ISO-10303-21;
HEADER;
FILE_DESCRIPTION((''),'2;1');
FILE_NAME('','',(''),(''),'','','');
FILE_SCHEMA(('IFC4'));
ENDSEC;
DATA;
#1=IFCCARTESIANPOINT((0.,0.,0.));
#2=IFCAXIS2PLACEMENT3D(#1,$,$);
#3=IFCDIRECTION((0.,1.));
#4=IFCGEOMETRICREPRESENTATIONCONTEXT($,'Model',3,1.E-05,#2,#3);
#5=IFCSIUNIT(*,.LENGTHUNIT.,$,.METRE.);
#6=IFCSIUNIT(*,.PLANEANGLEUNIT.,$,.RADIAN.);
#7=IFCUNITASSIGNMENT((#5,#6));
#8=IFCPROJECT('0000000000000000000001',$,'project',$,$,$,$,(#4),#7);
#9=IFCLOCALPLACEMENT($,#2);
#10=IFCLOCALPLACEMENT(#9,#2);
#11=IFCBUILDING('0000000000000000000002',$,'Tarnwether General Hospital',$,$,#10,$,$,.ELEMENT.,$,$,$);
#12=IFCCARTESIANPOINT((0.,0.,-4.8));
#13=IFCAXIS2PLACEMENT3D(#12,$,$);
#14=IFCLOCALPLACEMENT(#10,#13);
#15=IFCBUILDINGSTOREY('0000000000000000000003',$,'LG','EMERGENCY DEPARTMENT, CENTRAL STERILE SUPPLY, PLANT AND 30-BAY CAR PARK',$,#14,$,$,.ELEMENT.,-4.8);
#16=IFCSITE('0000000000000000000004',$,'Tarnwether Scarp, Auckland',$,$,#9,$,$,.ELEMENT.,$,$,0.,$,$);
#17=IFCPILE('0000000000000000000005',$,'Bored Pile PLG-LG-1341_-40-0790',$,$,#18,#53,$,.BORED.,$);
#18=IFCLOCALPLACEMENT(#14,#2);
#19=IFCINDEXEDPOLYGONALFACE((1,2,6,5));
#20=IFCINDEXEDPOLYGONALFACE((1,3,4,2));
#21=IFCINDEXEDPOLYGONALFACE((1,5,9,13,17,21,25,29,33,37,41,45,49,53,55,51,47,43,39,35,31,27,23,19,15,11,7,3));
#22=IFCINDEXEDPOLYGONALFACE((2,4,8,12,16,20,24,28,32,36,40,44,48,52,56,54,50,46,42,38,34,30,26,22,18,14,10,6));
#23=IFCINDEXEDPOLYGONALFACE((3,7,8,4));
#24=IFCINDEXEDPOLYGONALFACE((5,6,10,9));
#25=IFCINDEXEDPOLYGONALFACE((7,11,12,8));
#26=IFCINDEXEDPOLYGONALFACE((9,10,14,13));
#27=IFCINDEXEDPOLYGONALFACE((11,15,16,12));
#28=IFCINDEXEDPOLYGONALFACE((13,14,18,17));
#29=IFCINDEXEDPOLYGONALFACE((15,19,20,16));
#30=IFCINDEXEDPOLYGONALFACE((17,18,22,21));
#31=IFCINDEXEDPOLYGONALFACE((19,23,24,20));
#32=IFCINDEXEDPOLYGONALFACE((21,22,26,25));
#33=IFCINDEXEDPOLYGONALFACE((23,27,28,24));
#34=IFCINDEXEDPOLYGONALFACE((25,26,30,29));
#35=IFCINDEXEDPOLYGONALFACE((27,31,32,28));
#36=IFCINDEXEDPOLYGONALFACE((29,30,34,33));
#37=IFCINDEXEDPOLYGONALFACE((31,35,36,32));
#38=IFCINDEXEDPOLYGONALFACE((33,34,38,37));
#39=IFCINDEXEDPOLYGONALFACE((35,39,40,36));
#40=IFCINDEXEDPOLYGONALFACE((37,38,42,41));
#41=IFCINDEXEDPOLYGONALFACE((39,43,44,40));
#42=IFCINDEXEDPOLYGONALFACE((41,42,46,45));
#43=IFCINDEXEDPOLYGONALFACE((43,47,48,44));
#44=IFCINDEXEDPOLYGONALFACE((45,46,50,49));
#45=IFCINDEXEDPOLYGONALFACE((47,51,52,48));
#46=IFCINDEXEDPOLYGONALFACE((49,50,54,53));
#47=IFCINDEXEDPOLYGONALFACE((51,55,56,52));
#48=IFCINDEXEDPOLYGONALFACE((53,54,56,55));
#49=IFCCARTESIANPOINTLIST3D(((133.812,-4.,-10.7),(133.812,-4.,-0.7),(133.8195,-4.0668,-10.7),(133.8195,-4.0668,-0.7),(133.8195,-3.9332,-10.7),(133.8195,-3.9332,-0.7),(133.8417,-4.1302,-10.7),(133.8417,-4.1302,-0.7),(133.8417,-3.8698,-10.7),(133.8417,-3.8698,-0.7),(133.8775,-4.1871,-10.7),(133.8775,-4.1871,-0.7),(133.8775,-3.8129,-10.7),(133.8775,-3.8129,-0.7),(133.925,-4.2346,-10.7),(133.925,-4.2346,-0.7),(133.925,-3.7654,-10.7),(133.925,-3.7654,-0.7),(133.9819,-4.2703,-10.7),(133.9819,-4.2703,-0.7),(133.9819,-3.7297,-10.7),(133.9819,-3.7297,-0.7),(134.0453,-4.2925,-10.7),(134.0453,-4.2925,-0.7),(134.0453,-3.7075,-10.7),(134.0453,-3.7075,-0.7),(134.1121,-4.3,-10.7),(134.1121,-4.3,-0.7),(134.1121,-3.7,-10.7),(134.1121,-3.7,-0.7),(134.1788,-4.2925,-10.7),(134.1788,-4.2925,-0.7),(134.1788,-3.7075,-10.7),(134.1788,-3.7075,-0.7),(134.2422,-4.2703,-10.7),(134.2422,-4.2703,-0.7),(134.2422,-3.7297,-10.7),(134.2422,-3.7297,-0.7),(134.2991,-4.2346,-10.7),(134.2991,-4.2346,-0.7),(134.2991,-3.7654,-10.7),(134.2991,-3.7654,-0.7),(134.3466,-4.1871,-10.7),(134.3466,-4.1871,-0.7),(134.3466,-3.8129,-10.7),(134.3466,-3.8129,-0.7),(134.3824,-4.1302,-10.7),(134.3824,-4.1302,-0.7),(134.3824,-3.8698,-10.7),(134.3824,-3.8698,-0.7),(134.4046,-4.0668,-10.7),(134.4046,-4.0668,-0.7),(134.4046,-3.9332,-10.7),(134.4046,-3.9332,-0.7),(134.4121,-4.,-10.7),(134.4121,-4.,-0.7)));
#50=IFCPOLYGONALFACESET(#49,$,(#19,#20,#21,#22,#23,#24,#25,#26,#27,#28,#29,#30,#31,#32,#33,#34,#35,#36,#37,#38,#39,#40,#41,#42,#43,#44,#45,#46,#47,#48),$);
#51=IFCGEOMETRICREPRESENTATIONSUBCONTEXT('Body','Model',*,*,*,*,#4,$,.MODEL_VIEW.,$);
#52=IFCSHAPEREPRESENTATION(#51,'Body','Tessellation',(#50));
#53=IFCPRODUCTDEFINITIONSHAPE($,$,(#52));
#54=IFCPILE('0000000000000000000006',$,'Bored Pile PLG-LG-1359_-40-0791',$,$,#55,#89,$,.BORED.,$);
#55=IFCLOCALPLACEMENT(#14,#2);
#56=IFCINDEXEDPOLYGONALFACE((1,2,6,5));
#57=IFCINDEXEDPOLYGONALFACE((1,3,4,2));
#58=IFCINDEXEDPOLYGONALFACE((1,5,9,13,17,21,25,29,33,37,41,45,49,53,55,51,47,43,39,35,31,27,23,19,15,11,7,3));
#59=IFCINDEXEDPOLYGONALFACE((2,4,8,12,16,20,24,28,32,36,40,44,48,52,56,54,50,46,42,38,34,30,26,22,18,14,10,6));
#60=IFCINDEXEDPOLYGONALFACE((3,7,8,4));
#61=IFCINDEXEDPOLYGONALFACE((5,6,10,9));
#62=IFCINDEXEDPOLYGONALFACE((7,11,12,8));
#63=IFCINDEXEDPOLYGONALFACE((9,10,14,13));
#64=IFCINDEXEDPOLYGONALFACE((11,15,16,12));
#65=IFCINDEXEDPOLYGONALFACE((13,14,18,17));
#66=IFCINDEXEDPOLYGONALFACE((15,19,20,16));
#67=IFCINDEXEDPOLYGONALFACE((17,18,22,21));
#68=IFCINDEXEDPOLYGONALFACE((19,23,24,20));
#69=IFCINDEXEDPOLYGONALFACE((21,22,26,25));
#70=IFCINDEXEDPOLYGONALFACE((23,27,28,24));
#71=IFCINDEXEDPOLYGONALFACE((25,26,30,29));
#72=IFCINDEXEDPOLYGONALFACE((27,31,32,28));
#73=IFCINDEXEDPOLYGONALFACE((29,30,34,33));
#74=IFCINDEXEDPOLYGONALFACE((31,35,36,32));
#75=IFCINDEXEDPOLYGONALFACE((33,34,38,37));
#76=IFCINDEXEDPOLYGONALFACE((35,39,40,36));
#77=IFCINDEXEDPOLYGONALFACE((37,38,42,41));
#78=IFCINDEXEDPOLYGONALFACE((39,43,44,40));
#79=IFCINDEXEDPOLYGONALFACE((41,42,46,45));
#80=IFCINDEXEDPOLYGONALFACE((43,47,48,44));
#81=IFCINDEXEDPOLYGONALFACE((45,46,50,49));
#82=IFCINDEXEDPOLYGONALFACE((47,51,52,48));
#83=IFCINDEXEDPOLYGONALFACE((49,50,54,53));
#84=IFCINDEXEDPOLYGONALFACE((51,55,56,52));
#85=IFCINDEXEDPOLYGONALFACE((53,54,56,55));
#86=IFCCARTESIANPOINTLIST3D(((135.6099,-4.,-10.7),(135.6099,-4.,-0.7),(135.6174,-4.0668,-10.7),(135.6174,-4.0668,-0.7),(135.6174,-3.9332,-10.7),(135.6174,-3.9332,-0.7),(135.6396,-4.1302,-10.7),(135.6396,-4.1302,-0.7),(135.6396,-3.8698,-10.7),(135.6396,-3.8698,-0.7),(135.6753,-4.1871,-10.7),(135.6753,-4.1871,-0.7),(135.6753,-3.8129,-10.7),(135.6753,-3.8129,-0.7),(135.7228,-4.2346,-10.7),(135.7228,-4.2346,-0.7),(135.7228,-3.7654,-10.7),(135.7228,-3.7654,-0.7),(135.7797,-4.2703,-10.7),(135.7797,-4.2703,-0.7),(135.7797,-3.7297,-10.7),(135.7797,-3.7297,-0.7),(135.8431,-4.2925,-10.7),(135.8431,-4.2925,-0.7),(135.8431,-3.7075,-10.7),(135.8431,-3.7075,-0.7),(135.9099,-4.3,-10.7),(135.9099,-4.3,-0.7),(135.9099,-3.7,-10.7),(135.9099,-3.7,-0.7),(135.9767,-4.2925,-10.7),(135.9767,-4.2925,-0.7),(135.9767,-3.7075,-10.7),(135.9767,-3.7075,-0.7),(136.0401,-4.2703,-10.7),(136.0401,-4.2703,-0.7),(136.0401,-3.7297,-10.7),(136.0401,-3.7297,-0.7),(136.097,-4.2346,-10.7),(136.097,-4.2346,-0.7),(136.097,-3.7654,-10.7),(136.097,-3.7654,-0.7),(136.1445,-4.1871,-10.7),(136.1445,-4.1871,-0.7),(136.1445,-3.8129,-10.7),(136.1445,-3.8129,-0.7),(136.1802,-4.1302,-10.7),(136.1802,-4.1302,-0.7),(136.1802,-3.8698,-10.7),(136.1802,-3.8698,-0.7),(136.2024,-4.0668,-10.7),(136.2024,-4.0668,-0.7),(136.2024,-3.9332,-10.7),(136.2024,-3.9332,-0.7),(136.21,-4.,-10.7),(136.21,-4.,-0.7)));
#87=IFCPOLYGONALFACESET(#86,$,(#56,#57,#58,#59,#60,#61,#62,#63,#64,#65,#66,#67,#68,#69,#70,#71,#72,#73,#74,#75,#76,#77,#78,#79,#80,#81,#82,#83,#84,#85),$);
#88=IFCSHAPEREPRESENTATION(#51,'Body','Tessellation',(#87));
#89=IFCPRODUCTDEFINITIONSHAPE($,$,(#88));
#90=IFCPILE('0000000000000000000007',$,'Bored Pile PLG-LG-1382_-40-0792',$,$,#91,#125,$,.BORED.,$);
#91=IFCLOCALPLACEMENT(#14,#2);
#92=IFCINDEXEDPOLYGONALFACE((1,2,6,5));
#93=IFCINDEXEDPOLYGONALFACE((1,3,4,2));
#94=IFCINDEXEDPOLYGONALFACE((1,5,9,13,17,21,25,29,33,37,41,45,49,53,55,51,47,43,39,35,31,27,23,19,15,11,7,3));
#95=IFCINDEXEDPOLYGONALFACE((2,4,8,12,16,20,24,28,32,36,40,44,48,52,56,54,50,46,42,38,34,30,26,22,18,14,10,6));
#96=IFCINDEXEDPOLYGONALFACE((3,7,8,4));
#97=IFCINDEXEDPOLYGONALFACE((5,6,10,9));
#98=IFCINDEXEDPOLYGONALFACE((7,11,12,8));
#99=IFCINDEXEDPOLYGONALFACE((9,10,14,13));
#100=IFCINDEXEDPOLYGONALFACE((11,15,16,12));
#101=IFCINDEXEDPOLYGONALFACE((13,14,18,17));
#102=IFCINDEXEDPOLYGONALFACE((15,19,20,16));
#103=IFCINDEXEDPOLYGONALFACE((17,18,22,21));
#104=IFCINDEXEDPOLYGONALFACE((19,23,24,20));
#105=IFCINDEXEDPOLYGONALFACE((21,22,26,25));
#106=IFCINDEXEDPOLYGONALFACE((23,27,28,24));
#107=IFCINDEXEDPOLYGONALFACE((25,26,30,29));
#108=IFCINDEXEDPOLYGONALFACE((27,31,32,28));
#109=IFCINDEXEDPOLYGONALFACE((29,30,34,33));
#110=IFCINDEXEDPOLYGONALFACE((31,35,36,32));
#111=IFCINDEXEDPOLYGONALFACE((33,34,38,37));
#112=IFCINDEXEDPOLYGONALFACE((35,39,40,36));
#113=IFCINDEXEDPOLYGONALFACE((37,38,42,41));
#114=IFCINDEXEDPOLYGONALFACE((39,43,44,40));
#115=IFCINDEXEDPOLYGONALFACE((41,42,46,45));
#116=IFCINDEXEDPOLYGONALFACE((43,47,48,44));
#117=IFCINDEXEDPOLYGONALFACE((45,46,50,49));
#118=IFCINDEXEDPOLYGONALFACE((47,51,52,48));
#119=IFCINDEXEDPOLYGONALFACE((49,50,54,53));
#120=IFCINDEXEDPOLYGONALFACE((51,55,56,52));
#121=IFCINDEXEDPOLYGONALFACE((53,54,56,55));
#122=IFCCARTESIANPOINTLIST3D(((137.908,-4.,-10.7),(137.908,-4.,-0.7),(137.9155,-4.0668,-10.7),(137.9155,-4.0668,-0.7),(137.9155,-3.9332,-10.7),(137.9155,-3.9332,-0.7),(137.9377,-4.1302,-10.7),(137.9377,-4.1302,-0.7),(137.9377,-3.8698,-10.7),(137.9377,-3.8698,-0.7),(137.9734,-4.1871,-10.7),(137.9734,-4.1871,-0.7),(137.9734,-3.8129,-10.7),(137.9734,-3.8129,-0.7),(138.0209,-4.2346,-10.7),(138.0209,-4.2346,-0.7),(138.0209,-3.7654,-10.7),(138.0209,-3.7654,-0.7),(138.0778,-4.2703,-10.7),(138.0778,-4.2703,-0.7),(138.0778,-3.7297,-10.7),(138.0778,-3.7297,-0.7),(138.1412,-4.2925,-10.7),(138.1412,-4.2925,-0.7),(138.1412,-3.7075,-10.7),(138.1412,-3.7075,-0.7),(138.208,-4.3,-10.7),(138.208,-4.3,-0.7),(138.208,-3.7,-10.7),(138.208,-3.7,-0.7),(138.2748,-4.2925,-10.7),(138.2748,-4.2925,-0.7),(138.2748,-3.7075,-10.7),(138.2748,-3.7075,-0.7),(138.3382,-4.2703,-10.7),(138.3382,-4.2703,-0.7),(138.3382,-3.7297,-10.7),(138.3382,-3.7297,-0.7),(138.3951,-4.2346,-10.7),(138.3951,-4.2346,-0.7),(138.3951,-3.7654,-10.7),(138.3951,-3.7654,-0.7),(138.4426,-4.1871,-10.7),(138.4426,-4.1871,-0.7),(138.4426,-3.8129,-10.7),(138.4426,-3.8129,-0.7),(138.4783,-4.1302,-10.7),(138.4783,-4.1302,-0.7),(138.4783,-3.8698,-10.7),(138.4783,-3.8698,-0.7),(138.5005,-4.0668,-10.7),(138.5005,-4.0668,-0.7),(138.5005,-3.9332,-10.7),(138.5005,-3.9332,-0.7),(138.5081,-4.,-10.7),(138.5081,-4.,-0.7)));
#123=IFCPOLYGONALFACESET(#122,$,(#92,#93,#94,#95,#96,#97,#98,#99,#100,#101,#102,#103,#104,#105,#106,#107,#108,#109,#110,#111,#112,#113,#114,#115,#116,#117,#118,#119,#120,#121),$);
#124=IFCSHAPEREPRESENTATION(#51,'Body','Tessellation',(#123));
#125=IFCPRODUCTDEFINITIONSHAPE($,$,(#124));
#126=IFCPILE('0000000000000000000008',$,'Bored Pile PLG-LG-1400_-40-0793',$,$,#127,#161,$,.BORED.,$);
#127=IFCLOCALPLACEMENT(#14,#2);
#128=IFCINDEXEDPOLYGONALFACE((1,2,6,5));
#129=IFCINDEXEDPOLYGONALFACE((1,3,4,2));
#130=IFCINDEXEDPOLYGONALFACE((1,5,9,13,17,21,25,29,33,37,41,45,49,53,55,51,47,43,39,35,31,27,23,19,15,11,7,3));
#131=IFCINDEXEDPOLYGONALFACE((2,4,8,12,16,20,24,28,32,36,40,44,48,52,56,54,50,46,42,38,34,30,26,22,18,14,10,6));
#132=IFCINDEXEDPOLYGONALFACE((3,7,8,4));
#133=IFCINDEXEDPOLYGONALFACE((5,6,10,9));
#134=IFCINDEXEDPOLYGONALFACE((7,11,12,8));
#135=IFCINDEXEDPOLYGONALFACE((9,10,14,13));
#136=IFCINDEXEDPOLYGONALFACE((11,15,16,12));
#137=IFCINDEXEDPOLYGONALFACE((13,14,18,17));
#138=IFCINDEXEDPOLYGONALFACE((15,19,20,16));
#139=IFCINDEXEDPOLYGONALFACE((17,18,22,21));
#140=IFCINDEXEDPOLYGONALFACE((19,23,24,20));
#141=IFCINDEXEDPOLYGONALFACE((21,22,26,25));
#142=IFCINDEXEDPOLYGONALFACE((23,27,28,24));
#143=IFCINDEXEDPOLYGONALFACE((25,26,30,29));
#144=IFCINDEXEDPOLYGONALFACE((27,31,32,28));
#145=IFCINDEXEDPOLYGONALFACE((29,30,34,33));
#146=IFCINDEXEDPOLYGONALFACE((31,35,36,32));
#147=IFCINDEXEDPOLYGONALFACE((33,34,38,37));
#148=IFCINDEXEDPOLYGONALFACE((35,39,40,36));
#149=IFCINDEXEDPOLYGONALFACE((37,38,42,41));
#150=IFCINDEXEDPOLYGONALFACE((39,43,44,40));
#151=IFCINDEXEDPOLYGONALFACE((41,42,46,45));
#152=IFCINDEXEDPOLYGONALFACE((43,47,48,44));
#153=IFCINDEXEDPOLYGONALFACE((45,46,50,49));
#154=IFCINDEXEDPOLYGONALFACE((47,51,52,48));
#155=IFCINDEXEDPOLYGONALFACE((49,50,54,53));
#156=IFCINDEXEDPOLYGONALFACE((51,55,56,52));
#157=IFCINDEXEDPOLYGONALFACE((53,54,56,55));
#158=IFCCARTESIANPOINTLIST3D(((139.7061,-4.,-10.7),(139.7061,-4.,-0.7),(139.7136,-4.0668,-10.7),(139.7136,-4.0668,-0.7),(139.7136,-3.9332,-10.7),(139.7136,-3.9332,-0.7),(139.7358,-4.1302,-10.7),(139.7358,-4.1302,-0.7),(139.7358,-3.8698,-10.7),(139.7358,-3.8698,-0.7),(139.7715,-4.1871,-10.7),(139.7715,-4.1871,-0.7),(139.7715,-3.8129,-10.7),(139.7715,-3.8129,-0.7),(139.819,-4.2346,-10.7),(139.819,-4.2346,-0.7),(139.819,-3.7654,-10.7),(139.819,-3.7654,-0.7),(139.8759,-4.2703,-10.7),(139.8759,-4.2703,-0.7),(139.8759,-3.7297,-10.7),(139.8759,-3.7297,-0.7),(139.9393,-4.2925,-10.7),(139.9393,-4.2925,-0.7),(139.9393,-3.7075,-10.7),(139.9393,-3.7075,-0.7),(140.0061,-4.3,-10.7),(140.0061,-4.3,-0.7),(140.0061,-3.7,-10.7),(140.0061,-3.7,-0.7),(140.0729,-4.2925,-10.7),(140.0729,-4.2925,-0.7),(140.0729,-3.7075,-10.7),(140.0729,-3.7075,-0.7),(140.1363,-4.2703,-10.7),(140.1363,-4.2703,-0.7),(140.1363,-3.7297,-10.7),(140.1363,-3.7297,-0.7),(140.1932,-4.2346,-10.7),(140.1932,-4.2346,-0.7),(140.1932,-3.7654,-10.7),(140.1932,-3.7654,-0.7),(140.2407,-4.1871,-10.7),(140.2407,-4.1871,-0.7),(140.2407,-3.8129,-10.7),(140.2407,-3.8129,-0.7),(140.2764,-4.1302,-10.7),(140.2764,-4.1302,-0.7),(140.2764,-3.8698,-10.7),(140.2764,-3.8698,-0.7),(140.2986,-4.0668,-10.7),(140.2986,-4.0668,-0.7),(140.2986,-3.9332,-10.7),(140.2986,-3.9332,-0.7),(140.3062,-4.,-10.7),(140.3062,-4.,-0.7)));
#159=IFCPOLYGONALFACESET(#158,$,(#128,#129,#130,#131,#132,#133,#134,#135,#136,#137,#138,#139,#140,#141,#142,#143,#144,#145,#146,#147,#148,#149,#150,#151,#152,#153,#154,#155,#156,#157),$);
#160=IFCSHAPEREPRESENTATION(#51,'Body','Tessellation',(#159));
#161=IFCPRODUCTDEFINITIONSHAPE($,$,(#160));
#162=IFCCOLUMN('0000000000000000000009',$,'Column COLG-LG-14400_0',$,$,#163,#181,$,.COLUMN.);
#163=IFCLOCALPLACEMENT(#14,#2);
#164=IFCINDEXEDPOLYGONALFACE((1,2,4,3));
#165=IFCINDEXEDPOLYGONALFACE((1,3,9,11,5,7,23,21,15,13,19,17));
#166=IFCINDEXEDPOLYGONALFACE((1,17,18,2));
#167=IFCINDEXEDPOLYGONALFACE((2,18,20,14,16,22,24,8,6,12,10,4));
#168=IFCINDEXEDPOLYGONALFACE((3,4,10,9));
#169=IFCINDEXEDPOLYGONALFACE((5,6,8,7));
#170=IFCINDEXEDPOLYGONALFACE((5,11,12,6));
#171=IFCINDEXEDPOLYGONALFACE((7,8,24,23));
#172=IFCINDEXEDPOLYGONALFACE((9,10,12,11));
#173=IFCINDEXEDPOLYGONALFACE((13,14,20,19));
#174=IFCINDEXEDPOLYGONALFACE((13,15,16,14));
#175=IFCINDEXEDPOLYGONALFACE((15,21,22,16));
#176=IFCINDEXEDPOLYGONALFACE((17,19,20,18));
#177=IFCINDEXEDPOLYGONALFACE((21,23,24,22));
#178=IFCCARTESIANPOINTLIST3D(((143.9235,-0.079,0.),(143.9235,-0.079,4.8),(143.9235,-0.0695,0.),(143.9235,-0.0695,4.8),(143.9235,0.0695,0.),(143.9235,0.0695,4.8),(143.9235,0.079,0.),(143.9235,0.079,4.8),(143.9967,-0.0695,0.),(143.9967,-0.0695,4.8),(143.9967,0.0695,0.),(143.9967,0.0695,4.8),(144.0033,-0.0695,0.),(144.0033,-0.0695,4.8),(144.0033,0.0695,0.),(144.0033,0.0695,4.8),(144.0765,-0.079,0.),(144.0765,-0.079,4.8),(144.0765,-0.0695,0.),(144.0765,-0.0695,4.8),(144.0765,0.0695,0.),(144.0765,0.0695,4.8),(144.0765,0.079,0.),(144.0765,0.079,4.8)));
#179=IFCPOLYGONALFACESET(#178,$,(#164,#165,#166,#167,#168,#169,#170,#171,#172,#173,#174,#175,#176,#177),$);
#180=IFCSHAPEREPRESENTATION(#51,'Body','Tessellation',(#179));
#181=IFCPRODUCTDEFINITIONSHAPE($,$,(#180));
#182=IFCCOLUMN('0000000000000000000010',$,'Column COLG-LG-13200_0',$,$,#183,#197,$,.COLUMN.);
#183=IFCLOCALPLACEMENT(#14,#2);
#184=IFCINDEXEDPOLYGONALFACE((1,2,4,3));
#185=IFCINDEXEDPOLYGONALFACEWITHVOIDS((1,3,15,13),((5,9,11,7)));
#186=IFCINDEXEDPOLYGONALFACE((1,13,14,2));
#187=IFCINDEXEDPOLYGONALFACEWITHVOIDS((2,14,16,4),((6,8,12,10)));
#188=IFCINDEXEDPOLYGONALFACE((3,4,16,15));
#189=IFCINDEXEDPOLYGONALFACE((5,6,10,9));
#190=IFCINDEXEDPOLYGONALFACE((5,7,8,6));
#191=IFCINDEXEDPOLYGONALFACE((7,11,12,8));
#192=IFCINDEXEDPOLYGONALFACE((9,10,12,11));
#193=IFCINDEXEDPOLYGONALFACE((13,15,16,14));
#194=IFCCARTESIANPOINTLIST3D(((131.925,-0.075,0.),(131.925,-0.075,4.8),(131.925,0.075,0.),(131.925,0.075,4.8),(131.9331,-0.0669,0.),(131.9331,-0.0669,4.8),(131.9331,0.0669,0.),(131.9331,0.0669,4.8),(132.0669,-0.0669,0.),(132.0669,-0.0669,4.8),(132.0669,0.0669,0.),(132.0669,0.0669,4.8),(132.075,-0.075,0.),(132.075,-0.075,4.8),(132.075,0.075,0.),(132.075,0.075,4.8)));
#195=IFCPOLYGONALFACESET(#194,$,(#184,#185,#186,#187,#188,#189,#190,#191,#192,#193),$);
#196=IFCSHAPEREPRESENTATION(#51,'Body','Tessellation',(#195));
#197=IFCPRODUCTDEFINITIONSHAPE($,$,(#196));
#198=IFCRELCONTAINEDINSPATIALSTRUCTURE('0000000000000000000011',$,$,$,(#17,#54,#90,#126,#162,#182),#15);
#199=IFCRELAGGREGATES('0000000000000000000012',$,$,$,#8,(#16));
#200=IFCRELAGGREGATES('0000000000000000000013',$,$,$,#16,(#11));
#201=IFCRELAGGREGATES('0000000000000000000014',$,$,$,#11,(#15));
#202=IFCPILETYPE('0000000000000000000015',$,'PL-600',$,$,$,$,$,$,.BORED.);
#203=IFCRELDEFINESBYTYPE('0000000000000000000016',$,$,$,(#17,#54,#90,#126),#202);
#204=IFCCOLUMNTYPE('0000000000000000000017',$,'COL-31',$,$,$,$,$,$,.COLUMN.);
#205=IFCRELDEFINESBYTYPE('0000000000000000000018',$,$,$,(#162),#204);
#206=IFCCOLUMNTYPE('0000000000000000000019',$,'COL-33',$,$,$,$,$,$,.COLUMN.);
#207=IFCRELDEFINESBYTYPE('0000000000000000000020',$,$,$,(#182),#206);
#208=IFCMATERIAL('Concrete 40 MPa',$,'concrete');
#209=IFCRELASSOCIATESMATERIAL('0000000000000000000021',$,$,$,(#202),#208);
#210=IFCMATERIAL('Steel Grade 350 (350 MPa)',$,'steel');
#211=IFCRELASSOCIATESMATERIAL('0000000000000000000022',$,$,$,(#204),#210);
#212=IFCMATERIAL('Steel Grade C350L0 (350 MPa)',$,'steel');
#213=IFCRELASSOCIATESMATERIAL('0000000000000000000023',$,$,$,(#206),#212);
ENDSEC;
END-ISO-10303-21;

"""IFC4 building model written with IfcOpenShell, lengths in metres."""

from ifc_helpers import new_model, si_unit, direction, frame, origin, origin_2d, place, context, subcontext, project, spatial, hollow_rectangle, circle, i_section, extrude, material, material_profile, profile_set, type_object, element, save


model = new_model("IFC4")

# Units and contexts
model_context = context("Model", 3, precision=1e-05, world=origin(), true_north=direction((0.0, 1.0)))
body_context = subcontext(model_context, "Body", "Model", "MODEL_VIEW")
ifc_project = project(units=[si_unit("LENGTHUNIT", "METRE"), si_unit("PLANEANGLEUNIT", "RADIAN")], contexts=[model_context])

# Site, building, storey
site_placement = place(None, origin())
site = spatial("IfcSite", under=ifc_project, at=site_placement, Name="Tarnwether Scarp, Auckland", CompositionType="ELEMENT", RefElevation=0.0)
building_placement = place(site_placement, origin())
building = spatial("IfcBuilding", under=site, at=building_placement, Name="Tarnwether General Hospital", CompositionType="ELEMENT")
storey_placement = place(building_placement, frame((0.0, 0.0, -4.8)))
storey = spatial("IfcBuildingStorey", under=building, at=storey_placement, Name="LG", Description="EMERGENCY DEPARTMENT, CENTRAL STERILE SUPPLY, PLANT AND 30-BAY CAR PARK", CompositionType="ELEMENT", Elevation=-4.8)

# Piles
ifc_material_1 = material(Name="Concrete 40 MPa", Category="concrete")
ifc_material_profile_1 = material_profile(ifc_material_1, circle(Radius=0.3, at=origin_2d()), Name="PILE-D600")
ifc_profile_set_1 = profile_set([ifc_material_profile_1], Name="Concrete 40 MPa")
pile_type_1 = type_object("IfcPileType", Name="PL-600", PredefinedType="BORED", material=ifc_profile_set_1)
for number, where, z_axis, x_axis, name in (
    (1, (134.1121, -4.0, -0.7), (0.0, 0.0, -1.0), (1.0, 0.0, 0.0), "Bored Pile PLG-LG-1341_-40-0790"),
    (2, (135.9099, -4.0, -0.7), (0.0, 0.0, -1.0), (1.0, 0.0, 0.0), "Bored Pile PLG-LG-1359_-40-0791"),
    (3, (138.208, -4.0, -0.7), (0.0, 0.0, -1.0), (1.0, 0.0, 0.0), "Bored Pile PLG-LG-1382_-40-0792"),
    (4, (140.0061, -4.0, -0.7), (0.0, 0.0, -1.0), (1.0, 0.0, 0.0), "Bored Pile PLG-LG-1400_-40-0793"),
):
    element("IfcPile", number, at=place(storey_placement, frame(where, z_axis=z_axis, x_axis=x_axis)), inside=storey, type_object=pile_type_1, Name=name, PredefinedType="BORED", context=body_context, shape_type="SweptSolid", body=[
        extrude(circle(Radius=0.3, at=origin_2d()), origin(), (0.0, 0.0, 1.0), 10.0),
    ])

# Columns
ifc_material_2 = material(Name="Steel Grade 350 (350 MPa)", Category="steel")
ifc_material_profile_2 = material_profile(ifc_material_2, i_section(OverallWidth=0.1531, OverallDepth=0.158, WebThickness=0.0066, FlangeThickness=0.0095, at=origin_2d()), Name="150UC30.0")
ifc_profile_set_2 = profile_set([ifc_material_profile_2], Name="Steel Grade 350 (350 MPa)")
column_type_1 = type_object("IfcColumnType", Name="COL-31", PredefinedType="COLUMN", material=ifc_profile_set_2)
column_1_placement = place(storey_placement, frame((144.0, 0.0, 0.0), z_axis=(0.0, 0.0, 1.0), x_axis=(1.0, 0.0, 0.0)))
element("IfcColumn", 5, at=column_1_placement, inside=storey, type_object=column_type_1, Name="Column COLG-LG-14400_0", PredefinedType="COLUMN", context=body_context, shape_type="SweptSolid", body=[
    extrude(i_section(OverallWidth=0.1531, OverallDepth=0.158, WebThickness=0.0066, FlangeThickness=0.0095, at=origin_2d()), origin(), (0.0, 0.0, 1.0), 4.8),
])
ifc_material_3 = material(Name="Steel Grade C350L0 (350 MPa)", Category="steel")
ifc_material_profile_3 = material_profile(ifc_material_3, hollow_rectangle(XDim=0.1499, YDim=0.1499, WallThickness=0.0081, at=origin_2d()), Name="SHS150x150x8")
ifc_profile_set_3 = profile_set([ifc_material_profile_3], Name="Steel Grade C350L0 (350 MPa)")
column_type_2 = type_object("IfcColumnType", Name="COL-33", PredefinedType="COLUMN", material=ifc_profile_set_3)
column_2_placement = place(storey_placement, frame((132.0, 0.0, 0.0), z_axis=(0.0, 0.0, 1.0), x_axis=(0.0, 1.0, 0.0)))
element("IfcColumn", 6, at=column_2_placement, inside=storey, type_object=column_type_2, Name="Column COLG-LG-13200_0", PredefinedType="COLUMN", context=body_context, shape_type="SweptSolid", body=[
    extrude(hollow_rectangle(XDim=0.1499, YDim=0.1499, WallThickness=0.0081, at=origin_2d()), origin(), (0.0, 0.0, 1.0), 4.8),
])

save(model, "model.ifc")
